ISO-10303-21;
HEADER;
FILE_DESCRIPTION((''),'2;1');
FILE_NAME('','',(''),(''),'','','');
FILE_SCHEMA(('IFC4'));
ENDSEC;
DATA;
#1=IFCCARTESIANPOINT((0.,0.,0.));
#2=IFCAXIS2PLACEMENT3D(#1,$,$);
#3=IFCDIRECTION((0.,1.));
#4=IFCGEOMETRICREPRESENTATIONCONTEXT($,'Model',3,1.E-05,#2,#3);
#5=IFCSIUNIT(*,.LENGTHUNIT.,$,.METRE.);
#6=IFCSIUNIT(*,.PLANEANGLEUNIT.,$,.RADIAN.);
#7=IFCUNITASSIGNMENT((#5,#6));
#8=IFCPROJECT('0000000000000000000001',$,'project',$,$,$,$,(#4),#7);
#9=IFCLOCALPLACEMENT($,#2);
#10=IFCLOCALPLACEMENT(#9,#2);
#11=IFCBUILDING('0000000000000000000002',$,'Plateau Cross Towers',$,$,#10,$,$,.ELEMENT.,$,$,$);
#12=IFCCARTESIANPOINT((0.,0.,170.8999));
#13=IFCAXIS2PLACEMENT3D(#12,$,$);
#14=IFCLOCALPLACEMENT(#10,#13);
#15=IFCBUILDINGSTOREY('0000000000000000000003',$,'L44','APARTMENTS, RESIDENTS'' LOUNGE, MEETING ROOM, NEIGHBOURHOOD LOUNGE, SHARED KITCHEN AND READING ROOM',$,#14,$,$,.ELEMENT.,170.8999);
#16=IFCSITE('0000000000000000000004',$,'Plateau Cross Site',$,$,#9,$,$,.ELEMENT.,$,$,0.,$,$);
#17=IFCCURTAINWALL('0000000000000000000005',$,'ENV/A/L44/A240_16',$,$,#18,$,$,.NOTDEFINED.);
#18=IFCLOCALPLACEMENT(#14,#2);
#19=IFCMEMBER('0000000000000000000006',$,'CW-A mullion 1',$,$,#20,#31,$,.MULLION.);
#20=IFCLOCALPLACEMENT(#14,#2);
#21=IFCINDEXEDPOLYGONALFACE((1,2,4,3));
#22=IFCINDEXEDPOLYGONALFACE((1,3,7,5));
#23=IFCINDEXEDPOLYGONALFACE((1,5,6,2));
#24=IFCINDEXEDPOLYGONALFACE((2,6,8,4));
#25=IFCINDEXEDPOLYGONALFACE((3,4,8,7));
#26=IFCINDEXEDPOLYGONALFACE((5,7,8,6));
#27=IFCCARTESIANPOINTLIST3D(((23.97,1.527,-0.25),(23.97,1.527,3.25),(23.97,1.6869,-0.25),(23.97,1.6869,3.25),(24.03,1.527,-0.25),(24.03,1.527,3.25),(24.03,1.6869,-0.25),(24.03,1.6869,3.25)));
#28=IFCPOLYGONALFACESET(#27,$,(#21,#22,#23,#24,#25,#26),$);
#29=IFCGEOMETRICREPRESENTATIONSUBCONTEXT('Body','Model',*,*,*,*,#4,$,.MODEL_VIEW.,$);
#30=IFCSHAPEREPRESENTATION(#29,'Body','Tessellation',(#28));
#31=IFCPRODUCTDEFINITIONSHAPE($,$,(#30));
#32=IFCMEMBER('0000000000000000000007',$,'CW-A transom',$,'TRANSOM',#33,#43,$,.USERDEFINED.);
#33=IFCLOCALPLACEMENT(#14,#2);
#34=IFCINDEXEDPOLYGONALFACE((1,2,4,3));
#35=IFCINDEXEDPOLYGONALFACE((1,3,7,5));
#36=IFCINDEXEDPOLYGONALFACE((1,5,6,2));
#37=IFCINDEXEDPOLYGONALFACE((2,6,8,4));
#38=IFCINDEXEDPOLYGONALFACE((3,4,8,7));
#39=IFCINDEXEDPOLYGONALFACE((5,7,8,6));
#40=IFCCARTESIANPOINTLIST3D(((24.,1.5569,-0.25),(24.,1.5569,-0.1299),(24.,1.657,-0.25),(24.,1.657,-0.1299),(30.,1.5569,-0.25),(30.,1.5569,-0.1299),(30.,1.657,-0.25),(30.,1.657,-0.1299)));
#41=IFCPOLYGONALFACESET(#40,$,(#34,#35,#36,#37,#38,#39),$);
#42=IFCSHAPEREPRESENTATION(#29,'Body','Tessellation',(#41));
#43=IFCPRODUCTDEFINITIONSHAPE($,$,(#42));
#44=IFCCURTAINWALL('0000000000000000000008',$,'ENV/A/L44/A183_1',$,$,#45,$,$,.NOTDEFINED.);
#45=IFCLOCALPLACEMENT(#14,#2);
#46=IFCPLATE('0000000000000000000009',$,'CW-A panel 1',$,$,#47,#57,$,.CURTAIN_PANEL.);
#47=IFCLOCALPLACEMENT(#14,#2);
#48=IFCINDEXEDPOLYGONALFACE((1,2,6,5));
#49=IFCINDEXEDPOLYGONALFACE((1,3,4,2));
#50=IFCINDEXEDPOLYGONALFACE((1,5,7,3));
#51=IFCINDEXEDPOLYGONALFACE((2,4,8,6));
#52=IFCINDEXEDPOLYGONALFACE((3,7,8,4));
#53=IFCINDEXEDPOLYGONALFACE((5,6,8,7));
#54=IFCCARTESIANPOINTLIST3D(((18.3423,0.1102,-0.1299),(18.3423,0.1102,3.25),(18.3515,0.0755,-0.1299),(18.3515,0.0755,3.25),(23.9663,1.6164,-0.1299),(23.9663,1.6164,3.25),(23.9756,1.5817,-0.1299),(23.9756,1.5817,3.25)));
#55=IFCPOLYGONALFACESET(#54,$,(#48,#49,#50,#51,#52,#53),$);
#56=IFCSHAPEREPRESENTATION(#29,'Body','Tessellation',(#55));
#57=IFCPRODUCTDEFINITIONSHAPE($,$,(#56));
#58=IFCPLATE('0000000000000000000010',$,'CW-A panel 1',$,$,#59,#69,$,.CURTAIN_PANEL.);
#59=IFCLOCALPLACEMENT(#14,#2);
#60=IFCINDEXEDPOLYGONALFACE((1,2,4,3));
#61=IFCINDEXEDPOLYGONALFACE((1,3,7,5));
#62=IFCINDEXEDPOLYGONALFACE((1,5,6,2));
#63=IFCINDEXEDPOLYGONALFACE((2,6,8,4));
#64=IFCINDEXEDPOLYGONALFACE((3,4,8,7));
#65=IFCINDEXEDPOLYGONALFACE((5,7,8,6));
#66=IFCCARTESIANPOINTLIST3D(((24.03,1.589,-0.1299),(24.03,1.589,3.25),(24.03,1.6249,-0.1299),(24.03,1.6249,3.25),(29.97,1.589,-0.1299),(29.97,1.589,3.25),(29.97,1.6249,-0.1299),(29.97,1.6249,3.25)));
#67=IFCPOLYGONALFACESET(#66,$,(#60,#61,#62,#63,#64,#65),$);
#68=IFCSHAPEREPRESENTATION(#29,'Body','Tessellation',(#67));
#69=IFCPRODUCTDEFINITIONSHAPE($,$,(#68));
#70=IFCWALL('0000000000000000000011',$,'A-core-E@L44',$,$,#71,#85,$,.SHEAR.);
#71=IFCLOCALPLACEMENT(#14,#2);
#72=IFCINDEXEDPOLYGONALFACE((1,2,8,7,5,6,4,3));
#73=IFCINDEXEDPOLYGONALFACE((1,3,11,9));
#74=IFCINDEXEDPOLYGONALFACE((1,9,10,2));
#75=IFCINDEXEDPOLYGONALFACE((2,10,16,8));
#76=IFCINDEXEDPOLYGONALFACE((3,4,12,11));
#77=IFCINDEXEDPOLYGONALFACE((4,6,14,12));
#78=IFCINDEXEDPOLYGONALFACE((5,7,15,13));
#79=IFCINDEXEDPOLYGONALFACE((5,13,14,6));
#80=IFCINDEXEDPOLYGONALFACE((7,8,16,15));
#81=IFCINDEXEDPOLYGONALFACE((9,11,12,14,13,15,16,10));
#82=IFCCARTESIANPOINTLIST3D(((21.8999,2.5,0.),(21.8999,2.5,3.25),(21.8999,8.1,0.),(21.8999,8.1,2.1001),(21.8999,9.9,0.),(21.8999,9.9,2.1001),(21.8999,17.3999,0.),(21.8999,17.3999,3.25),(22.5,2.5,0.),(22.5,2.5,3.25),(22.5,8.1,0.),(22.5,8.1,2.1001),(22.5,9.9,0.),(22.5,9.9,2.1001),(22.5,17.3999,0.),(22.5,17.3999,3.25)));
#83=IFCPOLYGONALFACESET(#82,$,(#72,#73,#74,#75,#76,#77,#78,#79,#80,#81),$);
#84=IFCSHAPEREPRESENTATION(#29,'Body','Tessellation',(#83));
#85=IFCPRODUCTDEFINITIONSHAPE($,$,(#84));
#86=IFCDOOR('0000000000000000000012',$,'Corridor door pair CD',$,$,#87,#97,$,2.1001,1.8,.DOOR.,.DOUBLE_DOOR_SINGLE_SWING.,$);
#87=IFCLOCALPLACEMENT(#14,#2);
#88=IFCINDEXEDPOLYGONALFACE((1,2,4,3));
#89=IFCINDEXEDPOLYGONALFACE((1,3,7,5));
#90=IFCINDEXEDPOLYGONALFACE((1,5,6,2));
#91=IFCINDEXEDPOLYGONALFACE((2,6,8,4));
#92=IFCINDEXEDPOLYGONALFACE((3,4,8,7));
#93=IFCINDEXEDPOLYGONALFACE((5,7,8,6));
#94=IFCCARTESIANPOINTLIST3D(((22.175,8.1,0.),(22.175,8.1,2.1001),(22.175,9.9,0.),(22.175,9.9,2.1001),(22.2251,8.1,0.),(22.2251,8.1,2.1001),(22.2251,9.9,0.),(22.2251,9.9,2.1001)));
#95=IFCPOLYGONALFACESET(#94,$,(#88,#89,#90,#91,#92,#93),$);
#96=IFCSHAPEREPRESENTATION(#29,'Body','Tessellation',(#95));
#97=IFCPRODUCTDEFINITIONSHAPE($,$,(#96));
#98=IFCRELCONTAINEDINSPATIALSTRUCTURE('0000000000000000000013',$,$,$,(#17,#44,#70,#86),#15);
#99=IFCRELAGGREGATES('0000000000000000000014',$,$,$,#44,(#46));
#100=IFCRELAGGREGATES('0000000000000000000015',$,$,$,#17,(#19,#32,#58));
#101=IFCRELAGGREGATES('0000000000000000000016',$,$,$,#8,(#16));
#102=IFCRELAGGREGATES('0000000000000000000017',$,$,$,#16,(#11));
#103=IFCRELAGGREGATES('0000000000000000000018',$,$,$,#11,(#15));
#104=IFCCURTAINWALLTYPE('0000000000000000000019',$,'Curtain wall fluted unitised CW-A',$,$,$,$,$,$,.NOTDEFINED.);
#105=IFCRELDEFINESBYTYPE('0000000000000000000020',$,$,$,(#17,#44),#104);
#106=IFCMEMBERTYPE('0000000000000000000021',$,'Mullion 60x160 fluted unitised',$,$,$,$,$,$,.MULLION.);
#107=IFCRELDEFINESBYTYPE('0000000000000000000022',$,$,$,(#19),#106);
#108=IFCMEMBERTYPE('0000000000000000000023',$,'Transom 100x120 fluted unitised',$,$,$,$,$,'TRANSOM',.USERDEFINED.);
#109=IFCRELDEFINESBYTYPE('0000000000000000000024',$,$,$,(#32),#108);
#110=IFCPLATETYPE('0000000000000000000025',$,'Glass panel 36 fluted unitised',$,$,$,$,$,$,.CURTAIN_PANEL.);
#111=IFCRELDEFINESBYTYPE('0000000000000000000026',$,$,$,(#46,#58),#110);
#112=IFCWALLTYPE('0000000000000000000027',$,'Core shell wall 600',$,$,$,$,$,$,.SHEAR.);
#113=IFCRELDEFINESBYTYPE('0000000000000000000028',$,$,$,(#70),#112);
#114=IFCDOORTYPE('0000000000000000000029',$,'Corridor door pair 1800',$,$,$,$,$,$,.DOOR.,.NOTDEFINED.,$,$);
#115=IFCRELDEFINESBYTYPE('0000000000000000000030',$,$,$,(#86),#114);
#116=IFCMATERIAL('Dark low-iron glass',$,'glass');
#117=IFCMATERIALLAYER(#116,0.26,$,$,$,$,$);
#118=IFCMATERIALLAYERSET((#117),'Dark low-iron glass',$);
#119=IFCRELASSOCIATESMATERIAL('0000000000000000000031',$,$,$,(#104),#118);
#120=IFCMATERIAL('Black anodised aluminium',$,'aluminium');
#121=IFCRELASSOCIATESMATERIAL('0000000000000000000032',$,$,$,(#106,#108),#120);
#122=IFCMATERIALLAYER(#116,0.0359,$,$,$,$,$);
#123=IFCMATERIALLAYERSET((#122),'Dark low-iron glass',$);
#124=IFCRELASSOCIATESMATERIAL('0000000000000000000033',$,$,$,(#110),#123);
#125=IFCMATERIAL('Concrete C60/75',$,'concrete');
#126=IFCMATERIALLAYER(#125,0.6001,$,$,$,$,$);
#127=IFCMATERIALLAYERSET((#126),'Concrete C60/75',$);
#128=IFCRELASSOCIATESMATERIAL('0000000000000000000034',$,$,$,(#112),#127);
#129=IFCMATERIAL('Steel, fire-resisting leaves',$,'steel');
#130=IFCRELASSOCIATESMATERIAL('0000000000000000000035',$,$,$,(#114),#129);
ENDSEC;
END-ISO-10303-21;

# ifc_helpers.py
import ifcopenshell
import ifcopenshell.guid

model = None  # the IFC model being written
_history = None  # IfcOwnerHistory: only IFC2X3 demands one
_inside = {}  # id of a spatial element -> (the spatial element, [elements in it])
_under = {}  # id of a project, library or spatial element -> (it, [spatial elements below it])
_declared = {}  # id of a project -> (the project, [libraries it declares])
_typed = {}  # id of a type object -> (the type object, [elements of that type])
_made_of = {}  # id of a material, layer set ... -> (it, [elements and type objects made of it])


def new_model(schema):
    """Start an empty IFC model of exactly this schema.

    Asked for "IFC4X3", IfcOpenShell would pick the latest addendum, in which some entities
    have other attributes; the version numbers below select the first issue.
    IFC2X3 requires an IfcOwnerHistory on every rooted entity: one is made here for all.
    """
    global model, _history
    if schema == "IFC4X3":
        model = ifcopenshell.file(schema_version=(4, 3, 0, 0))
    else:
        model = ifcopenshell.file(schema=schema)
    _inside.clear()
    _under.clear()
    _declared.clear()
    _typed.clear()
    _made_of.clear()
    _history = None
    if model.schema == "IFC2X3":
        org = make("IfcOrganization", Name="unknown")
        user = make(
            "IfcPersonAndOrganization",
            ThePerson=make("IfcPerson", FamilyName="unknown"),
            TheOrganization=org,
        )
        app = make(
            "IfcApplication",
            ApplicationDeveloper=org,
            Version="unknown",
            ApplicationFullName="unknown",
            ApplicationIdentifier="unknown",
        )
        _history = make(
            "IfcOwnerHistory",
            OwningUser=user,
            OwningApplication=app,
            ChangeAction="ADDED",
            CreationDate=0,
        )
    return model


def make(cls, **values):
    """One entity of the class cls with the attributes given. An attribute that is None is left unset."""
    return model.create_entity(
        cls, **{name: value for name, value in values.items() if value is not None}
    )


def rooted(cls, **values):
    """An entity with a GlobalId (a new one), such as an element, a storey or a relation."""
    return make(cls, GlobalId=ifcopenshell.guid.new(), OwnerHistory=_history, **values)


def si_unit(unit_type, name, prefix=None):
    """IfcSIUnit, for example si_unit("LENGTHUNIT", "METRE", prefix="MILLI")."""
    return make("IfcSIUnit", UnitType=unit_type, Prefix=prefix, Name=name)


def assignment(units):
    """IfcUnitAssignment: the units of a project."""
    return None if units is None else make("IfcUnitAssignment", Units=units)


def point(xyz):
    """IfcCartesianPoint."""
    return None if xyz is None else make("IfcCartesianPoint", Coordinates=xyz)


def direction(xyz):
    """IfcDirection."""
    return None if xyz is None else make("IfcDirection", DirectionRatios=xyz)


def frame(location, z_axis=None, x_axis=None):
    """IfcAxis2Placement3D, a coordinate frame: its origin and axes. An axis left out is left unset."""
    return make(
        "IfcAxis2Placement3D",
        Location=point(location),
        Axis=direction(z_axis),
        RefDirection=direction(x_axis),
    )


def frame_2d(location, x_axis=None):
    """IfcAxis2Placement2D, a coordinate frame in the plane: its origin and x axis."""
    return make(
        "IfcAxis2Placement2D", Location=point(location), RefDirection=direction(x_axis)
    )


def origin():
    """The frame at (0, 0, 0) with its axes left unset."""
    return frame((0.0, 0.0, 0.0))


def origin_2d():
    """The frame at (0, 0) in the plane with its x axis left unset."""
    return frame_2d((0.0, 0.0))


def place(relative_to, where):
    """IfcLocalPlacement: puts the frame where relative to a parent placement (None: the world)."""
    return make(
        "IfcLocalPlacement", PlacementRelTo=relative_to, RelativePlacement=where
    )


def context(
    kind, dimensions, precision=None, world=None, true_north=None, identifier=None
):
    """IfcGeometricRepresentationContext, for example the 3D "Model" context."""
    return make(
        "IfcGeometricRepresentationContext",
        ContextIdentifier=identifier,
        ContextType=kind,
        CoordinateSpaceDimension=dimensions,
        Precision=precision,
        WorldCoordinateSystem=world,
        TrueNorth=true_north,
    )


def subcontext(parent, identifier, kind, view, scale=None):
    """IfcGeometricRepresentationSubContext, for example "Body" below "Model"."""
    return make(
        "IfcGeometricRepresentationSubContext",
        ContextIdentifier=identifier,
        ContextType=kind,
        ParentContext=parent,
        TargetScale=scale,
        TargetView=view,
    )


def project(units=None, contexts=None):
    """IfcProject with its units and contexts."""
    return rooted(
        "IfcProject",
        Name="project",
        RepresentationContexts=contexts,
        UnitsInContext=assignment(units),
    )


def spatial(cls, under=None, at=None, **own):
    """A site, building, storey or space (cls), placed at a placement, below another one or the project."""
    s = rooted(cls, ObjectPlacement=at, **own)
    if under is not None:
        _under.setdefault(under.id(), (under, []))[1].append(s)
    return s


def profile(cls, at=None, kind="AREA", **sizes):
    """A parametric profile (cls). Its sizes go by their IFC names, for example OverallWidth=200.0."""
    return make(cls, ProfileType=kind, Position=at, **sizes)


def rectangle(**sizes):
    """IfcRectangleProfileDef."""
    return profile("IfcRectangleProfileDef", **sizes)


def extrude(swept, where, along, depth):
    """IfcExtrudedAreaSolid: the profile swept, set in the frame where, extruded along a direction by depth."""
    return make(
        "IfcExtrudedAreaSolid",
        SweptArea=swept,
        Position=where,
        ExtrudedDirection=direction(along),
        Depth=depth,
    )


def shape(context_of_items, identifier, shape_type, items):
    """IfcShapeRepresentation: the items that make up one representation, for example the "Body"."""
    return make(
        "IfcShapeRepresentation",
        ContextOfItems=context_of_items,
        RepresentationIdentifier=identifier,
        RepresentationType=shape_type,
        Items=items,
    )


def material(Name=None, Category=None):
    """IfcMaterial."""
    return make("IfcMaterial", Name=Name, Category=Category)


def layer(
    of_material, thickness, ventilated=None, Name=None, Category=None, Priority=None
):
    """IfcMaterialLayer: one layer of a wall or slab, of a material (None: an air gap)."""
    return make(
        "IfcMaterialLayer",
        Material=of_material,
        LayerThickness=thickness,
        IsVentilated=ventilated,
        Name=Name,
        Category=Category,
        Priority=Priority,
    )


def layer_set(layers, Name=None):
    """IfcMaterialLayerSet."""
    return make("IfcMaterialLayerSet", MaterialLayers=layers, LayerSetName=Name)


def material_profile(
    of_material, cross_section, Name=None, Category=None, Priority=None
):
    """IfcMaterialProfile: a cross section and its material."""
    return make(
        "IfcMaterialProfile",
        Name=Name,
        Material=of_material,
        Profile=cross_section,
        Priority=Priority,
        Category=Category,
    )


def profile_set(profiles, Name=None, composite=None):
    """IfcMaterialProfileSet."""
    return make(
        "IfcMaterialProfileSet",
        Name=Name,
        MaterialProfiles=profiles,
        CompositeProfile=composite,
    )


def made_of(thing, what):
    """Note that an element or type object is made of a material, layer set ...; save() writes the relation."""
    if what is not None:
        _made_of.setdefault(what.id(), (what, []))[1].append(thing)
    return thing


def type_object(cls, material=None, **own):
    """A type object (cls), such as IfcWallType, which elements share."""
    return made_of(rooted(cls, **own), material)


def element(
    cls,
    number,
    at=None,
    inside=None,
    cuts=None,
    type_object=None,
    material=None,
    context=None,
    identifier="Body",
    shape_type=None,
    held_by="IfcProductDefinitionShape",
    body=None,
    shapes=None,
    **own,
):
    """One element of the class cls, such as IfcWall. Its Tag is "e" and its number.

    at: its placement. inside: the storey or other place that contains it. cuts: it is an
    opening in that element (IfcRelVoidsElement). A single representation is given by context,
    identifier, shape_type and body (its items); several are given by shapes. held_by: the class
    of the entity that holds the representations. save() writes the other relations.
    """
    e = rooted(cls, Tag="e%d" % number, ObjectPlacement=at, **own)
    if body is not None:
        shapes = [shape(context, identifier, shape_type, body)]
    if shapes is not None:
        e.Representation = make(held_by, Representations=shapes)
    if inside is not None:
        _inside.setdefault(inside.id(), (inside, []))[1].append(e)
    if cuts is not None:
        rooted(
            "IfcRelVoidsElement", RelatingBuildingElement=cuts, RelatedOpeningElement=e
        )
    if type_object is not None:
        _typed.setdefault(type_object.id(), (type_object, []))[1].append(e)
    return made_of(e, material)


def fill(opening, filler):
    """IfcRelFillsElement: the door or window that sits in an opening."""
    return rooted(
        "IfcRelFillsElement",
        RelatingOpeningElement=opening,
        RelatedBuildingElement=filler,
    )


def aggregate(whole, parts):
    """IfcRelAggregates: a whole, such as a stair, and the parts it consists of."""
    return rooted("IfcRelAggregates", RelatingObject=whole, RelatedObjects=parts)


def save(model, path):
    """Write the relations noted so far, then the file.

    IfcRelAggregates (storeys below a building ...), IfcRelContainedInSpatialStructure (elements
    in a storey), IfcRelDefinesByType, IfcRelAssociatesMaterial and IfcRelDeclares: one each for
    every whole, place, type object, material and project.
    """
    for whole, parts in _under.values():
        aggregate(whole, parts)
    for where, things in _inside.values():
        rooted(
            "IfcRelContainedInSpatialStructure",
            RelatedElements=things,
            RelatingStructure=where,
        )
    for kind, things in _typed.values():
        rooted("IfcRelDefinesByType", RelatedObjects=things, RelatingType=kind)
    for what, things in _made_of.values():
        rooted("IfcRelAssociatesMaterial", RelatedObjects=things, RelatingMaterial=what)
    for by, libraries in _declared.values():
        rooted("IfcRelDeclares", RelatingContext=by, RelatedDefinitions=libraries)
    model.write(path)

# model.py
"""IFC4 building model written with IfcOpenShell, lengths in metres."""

from ifc_helpers import new_model, si_unit, direction, frame, frame_2d, origin, origin_2d, place, context, subcontext, project, spatial, rectangle, extrude, material, layer, layer_set, material_profile, profile_set, type_object, element, fill, aggregate, save


model = new_model("IFC4")

# Units and contexts
model_context = context("Model", 3, precision=1e-05, world=origin(), true_north=direction((0.0, 1.0)))
body_context = subcontext(model_context, "Body", "Model", "MODEL_VIEW")
ifc_project = project(units=[si_unit("LENGTHUNIT", "METRE"), si_unit("PLANEANGLEUNIT", "RADIAN")], contexts=[model_context])

# Site, building, storey
site_placement = place(None, origin())
site = spatial("IfcSite", under=ifc_project, at=site_placement, Name="Plateau Cross Site", CompositionType="ELEMENT", RefElevation=0.0)
building_placement = place(site_placement, origin())
building = spatial("IfcBuilding", under=site, at=building_placement, Name="Plateau Cross Towers", CompositionType="ELEMENT")
storey_placement = place(building_placement, frame((0.0, 0.0, 170.8999)))
storey = spatial("IfcBuildingStorey", under=building, at=storey_placement, Name="L44", Description="APARTMENTS, RESIDENTS' LOUNGE, MEETING ROOM, NEIGHBOURHOOD LOUNGE, SHARED KITCHEN AND READING ROOM", CompositionType="ELEMENT", Elevation=170.8999)

# Curtain wall, members
ifc_material_1 = material(Name="Dark low-iron glass", Category="glass")
ifc_layer_1 = layer(ifc_material_1, 0.26)
ifc_layer_set_1 = layer_set([ifc_layer_1], Name="Dark low-iron glass")
curtain_wall_type = type_object("IfcCurtainWallType", Name="Curtain wall fluted unitised CW-A", PredefinedType="NOTDEFINED", material=ifc_layer_set_1)
curtain_wall_1_placement = place(storey_placement, origin())
curtain_wall_1 = element("IfcCurtainWall", 1, at=curtain_wall_1_placement, inside=storey, type_object=curtain_wall_type, Name="ENV/A/L44/A240_16", PredefinedType="NOTDEFINED")
ifc_material_2 = material(Name="Black anodised aluminium", Category="aluminium")
ifc_material_profile_1 = material_profile(ifc_material_2, rectangle(XDim=0.0601, YDim=0.1599, at=origin_2d()), Name="MULLION 60x160")
ifc_profile_set_1 = profile_set([ifc_material_profile_1], Name="Black anodised aluminium")
member_type_1 = type_object("IfcMemberType", Name="Mullion 60x160 fluted unitised", PredefinedType="MULLION", material=ifc_profile_set_1)
member_1_placement = place(storey_placement, frame((24.0, 1.6069, -0.25), z_axis=(0.0, 0.0, 1.0), x_axis=(1.0, 0.0, 0.0)))
member_1 = element("IfcMember", 2, at=member_1_placement, type_object=member_type_1, Name="CW-A mullion 1", PredefinedType="MULLION", context=body_context, shape_type="SweptSolid", body=[
    extrude(rectangle(XDim=0.0601, YDim=0.1599, at=origin_2d()), origin(), (0.0, 0.0, 1.0), 3.5),
])
ifc_material_profile_2 = material_profile(ifc_material_2, rectangle(XDim=0.1001, YDim=0.1201, at=origin_2d()), Name="TRANSOM 100x120")
ifc_profile_set_2 = profile_set([ifc_material_profile_2], Name="Black anodised aluminium")
member_type_2 = type_object("IfcMemberType", Name="Transom 100x120 fluted unitised", ElementType="TRANSOM", PredefinedType="USERDEFINED", material=ifc_profile_set_2)
member_2_placement = place(storey_placement, frame((24.0, 1.6069, -0.1899), z_axis=(1.0, 0.0, 0.0), x_axis=(0.0, 1.0, 0.0)))
member_2 = element("IfcMember", 3, at=member_2_placement, type_object=member_type_2, Name="CW-A transom", ObjectType="TRANSOM", PredefinedType="USERDEFINED", context=body_context, shape_type="SweptSolid", body=[
    extrude(rectangle(XDim=0.1001, YDim=0.1201, at=origin_2d()), origin(), (0.0, 0.0, 1.0), 6.0),
])

# Curtain wall, plate
curtain_wall_2_placement = place(storey_placement, origin())
curtain_wall_2 = element("IfcCurtainWall", 4, at=curtain_wall_2_placement, inside=storey, type_object=curtain_wall_type, Name="ENV/A/L44/A183_1", PredefinedType="NOTDEFINED")
ifc_layer_2 = layer(ifc_material_1, 0.0359)
ifc_layer_set_2 = layer_set([ifc_layer_2], Name="Dark low-iron glass")
plate_type = type_object("IfcPlateType", Name="Glass panel 36 fluted unitised", PredefinedType="CURTAIN_PANEL", material=ifc_layer_set_2)
plate_1_placement = place(storey_placement, frame((21.1589, 0.8459, -0.1299), z_axis=(0.0, 0.0, 1.0), x_axis=(0.965958, 0.258699, 0.0)))
plate_1 = element("IfcPlate", 5, at=plate_1_placement, type_object=plate_type, Name="CW-A panel 1", PredefinedType="CURTAIN_PANEL", context=body_context, shape_type="SweptSolid", body=[
    extrude(rectangle(XDim=5.8223, YDim=0.0359, at=origin_2d()), origin(), (0.0, 0.0, 1.0), 3.3799),
])
aggregate(curtain_wall_2, [plate_1])

# Plate
plate_2_placement = place(storey_placement, frame((27.0, 1.6069, -0.1299), z_axis=(0.0, 0.0, 1.0), x_axis=(1.0, 0.0, 0.0)))
plate_2 = element("IfcPlate", 6, at=plate_2_placement, type_object=plate_type, Name="CW-A panel 1", PredefinedType="CURTAIN_PANEL", context=body_context, shape_type="SweptSolid", body=[
    extrude(rectangle(XDim=5.9399, YDim=0.0359, at=origin_2d()), origin(), (0.0, 0.0, 1.0), 3.3799),
])
aggregate(curtain_wall_1, [member_1, member_2, plate_2])

# Wall, opening, door
ifc_material_3 = material(Name="Concrete C60/75", Category="concrete")
ifc_layer_3 = layer(ifc_material_3, 0.6001)
ifc_layer_set_3 = layer_set([ifc_layer_3], Name="Concrete C60/75")
wall_type_1 = type_object("IfcWallType", Name="Core shell wall 600", PredefinedType="SHEAR", material=ifc_layer_set_3)
wall_1_placement = place(storey_placement, frame((22.2, 2.5, 0.0), z_axis=(0.0, 0.0, 1.0), x_axis=(0.0, 1.0, 0.0)))
wall_1 = element("IfcWall", 7, at=wall_1_placement, inside=storey, type_object=wall_type_1, Name="A-core-E@L44", PredefinedType="SHEAR", context=body_context, shape_type="SweptSolid", body=[
    extrude(rectangle(XDim=14.8999, YDim=0.6001, at=frame_2d((7.45, 0.0))), origin(), (0.0, 0.0, 1.0), 3.25),
])
opening_1_placement = place(wall_1_placement, frame((5.6001, 0.0, 0.0)))
opening_1 = element("IfcOpeningElement", 8, at=opening_1_placement, cuts=wall_1, PredefinedType="OPENING", context=body_context, shape_type="SweptSolid", body=[
    extrude(rectangle(XDim=1.8, YDim=2.1001, at=frame_2d((0.8999, 1.05))), frame((0.0, 0.3101, 0.0), z_axis=(0.0, -1.0, 0.0), x_axis=(1.0, 0.0, 0.0)), (0.0, 0.0, 1.0), 0.6201),
])
ifc_material_4 = material(Name="Steel, fire-resisting leaves", Category="steel")
door_type_1 = type_object("IfcDoorType", Name="Corridor door pair 1800", OperationType="NOTDEFINED", PredefinedType="DOOR", material=ifc_material_4)
door_1_placement = place(opening_1_placement, origin())
door_1 = element("IfcDoor", 9, at=door_1_placement, inside=storey, type_object=door_type_1, Name="Corridor door pair CD", OperationType="DOUBLE_DOOR_SINGLE_SWING", OverallHeight=2.1001, OverallWidth=1.8, PredefinedType="DOOR", context=body_context, shape_type="SweptSolid", body=[
    extrude(rectangle(XDim=1.8, YDim=2.1001, at=frame_2d((0.8999, 1.05))), frame((0.0, 0.0249, 0.0), z_axis=(0.0, -1.0, 0.0), x_axis=(1.0, 0.0, 0.0)), (0.0, 0.0, 1.0), 0.05),
])
fill(opening_1, door_1)

save(model, "model.ifc")
